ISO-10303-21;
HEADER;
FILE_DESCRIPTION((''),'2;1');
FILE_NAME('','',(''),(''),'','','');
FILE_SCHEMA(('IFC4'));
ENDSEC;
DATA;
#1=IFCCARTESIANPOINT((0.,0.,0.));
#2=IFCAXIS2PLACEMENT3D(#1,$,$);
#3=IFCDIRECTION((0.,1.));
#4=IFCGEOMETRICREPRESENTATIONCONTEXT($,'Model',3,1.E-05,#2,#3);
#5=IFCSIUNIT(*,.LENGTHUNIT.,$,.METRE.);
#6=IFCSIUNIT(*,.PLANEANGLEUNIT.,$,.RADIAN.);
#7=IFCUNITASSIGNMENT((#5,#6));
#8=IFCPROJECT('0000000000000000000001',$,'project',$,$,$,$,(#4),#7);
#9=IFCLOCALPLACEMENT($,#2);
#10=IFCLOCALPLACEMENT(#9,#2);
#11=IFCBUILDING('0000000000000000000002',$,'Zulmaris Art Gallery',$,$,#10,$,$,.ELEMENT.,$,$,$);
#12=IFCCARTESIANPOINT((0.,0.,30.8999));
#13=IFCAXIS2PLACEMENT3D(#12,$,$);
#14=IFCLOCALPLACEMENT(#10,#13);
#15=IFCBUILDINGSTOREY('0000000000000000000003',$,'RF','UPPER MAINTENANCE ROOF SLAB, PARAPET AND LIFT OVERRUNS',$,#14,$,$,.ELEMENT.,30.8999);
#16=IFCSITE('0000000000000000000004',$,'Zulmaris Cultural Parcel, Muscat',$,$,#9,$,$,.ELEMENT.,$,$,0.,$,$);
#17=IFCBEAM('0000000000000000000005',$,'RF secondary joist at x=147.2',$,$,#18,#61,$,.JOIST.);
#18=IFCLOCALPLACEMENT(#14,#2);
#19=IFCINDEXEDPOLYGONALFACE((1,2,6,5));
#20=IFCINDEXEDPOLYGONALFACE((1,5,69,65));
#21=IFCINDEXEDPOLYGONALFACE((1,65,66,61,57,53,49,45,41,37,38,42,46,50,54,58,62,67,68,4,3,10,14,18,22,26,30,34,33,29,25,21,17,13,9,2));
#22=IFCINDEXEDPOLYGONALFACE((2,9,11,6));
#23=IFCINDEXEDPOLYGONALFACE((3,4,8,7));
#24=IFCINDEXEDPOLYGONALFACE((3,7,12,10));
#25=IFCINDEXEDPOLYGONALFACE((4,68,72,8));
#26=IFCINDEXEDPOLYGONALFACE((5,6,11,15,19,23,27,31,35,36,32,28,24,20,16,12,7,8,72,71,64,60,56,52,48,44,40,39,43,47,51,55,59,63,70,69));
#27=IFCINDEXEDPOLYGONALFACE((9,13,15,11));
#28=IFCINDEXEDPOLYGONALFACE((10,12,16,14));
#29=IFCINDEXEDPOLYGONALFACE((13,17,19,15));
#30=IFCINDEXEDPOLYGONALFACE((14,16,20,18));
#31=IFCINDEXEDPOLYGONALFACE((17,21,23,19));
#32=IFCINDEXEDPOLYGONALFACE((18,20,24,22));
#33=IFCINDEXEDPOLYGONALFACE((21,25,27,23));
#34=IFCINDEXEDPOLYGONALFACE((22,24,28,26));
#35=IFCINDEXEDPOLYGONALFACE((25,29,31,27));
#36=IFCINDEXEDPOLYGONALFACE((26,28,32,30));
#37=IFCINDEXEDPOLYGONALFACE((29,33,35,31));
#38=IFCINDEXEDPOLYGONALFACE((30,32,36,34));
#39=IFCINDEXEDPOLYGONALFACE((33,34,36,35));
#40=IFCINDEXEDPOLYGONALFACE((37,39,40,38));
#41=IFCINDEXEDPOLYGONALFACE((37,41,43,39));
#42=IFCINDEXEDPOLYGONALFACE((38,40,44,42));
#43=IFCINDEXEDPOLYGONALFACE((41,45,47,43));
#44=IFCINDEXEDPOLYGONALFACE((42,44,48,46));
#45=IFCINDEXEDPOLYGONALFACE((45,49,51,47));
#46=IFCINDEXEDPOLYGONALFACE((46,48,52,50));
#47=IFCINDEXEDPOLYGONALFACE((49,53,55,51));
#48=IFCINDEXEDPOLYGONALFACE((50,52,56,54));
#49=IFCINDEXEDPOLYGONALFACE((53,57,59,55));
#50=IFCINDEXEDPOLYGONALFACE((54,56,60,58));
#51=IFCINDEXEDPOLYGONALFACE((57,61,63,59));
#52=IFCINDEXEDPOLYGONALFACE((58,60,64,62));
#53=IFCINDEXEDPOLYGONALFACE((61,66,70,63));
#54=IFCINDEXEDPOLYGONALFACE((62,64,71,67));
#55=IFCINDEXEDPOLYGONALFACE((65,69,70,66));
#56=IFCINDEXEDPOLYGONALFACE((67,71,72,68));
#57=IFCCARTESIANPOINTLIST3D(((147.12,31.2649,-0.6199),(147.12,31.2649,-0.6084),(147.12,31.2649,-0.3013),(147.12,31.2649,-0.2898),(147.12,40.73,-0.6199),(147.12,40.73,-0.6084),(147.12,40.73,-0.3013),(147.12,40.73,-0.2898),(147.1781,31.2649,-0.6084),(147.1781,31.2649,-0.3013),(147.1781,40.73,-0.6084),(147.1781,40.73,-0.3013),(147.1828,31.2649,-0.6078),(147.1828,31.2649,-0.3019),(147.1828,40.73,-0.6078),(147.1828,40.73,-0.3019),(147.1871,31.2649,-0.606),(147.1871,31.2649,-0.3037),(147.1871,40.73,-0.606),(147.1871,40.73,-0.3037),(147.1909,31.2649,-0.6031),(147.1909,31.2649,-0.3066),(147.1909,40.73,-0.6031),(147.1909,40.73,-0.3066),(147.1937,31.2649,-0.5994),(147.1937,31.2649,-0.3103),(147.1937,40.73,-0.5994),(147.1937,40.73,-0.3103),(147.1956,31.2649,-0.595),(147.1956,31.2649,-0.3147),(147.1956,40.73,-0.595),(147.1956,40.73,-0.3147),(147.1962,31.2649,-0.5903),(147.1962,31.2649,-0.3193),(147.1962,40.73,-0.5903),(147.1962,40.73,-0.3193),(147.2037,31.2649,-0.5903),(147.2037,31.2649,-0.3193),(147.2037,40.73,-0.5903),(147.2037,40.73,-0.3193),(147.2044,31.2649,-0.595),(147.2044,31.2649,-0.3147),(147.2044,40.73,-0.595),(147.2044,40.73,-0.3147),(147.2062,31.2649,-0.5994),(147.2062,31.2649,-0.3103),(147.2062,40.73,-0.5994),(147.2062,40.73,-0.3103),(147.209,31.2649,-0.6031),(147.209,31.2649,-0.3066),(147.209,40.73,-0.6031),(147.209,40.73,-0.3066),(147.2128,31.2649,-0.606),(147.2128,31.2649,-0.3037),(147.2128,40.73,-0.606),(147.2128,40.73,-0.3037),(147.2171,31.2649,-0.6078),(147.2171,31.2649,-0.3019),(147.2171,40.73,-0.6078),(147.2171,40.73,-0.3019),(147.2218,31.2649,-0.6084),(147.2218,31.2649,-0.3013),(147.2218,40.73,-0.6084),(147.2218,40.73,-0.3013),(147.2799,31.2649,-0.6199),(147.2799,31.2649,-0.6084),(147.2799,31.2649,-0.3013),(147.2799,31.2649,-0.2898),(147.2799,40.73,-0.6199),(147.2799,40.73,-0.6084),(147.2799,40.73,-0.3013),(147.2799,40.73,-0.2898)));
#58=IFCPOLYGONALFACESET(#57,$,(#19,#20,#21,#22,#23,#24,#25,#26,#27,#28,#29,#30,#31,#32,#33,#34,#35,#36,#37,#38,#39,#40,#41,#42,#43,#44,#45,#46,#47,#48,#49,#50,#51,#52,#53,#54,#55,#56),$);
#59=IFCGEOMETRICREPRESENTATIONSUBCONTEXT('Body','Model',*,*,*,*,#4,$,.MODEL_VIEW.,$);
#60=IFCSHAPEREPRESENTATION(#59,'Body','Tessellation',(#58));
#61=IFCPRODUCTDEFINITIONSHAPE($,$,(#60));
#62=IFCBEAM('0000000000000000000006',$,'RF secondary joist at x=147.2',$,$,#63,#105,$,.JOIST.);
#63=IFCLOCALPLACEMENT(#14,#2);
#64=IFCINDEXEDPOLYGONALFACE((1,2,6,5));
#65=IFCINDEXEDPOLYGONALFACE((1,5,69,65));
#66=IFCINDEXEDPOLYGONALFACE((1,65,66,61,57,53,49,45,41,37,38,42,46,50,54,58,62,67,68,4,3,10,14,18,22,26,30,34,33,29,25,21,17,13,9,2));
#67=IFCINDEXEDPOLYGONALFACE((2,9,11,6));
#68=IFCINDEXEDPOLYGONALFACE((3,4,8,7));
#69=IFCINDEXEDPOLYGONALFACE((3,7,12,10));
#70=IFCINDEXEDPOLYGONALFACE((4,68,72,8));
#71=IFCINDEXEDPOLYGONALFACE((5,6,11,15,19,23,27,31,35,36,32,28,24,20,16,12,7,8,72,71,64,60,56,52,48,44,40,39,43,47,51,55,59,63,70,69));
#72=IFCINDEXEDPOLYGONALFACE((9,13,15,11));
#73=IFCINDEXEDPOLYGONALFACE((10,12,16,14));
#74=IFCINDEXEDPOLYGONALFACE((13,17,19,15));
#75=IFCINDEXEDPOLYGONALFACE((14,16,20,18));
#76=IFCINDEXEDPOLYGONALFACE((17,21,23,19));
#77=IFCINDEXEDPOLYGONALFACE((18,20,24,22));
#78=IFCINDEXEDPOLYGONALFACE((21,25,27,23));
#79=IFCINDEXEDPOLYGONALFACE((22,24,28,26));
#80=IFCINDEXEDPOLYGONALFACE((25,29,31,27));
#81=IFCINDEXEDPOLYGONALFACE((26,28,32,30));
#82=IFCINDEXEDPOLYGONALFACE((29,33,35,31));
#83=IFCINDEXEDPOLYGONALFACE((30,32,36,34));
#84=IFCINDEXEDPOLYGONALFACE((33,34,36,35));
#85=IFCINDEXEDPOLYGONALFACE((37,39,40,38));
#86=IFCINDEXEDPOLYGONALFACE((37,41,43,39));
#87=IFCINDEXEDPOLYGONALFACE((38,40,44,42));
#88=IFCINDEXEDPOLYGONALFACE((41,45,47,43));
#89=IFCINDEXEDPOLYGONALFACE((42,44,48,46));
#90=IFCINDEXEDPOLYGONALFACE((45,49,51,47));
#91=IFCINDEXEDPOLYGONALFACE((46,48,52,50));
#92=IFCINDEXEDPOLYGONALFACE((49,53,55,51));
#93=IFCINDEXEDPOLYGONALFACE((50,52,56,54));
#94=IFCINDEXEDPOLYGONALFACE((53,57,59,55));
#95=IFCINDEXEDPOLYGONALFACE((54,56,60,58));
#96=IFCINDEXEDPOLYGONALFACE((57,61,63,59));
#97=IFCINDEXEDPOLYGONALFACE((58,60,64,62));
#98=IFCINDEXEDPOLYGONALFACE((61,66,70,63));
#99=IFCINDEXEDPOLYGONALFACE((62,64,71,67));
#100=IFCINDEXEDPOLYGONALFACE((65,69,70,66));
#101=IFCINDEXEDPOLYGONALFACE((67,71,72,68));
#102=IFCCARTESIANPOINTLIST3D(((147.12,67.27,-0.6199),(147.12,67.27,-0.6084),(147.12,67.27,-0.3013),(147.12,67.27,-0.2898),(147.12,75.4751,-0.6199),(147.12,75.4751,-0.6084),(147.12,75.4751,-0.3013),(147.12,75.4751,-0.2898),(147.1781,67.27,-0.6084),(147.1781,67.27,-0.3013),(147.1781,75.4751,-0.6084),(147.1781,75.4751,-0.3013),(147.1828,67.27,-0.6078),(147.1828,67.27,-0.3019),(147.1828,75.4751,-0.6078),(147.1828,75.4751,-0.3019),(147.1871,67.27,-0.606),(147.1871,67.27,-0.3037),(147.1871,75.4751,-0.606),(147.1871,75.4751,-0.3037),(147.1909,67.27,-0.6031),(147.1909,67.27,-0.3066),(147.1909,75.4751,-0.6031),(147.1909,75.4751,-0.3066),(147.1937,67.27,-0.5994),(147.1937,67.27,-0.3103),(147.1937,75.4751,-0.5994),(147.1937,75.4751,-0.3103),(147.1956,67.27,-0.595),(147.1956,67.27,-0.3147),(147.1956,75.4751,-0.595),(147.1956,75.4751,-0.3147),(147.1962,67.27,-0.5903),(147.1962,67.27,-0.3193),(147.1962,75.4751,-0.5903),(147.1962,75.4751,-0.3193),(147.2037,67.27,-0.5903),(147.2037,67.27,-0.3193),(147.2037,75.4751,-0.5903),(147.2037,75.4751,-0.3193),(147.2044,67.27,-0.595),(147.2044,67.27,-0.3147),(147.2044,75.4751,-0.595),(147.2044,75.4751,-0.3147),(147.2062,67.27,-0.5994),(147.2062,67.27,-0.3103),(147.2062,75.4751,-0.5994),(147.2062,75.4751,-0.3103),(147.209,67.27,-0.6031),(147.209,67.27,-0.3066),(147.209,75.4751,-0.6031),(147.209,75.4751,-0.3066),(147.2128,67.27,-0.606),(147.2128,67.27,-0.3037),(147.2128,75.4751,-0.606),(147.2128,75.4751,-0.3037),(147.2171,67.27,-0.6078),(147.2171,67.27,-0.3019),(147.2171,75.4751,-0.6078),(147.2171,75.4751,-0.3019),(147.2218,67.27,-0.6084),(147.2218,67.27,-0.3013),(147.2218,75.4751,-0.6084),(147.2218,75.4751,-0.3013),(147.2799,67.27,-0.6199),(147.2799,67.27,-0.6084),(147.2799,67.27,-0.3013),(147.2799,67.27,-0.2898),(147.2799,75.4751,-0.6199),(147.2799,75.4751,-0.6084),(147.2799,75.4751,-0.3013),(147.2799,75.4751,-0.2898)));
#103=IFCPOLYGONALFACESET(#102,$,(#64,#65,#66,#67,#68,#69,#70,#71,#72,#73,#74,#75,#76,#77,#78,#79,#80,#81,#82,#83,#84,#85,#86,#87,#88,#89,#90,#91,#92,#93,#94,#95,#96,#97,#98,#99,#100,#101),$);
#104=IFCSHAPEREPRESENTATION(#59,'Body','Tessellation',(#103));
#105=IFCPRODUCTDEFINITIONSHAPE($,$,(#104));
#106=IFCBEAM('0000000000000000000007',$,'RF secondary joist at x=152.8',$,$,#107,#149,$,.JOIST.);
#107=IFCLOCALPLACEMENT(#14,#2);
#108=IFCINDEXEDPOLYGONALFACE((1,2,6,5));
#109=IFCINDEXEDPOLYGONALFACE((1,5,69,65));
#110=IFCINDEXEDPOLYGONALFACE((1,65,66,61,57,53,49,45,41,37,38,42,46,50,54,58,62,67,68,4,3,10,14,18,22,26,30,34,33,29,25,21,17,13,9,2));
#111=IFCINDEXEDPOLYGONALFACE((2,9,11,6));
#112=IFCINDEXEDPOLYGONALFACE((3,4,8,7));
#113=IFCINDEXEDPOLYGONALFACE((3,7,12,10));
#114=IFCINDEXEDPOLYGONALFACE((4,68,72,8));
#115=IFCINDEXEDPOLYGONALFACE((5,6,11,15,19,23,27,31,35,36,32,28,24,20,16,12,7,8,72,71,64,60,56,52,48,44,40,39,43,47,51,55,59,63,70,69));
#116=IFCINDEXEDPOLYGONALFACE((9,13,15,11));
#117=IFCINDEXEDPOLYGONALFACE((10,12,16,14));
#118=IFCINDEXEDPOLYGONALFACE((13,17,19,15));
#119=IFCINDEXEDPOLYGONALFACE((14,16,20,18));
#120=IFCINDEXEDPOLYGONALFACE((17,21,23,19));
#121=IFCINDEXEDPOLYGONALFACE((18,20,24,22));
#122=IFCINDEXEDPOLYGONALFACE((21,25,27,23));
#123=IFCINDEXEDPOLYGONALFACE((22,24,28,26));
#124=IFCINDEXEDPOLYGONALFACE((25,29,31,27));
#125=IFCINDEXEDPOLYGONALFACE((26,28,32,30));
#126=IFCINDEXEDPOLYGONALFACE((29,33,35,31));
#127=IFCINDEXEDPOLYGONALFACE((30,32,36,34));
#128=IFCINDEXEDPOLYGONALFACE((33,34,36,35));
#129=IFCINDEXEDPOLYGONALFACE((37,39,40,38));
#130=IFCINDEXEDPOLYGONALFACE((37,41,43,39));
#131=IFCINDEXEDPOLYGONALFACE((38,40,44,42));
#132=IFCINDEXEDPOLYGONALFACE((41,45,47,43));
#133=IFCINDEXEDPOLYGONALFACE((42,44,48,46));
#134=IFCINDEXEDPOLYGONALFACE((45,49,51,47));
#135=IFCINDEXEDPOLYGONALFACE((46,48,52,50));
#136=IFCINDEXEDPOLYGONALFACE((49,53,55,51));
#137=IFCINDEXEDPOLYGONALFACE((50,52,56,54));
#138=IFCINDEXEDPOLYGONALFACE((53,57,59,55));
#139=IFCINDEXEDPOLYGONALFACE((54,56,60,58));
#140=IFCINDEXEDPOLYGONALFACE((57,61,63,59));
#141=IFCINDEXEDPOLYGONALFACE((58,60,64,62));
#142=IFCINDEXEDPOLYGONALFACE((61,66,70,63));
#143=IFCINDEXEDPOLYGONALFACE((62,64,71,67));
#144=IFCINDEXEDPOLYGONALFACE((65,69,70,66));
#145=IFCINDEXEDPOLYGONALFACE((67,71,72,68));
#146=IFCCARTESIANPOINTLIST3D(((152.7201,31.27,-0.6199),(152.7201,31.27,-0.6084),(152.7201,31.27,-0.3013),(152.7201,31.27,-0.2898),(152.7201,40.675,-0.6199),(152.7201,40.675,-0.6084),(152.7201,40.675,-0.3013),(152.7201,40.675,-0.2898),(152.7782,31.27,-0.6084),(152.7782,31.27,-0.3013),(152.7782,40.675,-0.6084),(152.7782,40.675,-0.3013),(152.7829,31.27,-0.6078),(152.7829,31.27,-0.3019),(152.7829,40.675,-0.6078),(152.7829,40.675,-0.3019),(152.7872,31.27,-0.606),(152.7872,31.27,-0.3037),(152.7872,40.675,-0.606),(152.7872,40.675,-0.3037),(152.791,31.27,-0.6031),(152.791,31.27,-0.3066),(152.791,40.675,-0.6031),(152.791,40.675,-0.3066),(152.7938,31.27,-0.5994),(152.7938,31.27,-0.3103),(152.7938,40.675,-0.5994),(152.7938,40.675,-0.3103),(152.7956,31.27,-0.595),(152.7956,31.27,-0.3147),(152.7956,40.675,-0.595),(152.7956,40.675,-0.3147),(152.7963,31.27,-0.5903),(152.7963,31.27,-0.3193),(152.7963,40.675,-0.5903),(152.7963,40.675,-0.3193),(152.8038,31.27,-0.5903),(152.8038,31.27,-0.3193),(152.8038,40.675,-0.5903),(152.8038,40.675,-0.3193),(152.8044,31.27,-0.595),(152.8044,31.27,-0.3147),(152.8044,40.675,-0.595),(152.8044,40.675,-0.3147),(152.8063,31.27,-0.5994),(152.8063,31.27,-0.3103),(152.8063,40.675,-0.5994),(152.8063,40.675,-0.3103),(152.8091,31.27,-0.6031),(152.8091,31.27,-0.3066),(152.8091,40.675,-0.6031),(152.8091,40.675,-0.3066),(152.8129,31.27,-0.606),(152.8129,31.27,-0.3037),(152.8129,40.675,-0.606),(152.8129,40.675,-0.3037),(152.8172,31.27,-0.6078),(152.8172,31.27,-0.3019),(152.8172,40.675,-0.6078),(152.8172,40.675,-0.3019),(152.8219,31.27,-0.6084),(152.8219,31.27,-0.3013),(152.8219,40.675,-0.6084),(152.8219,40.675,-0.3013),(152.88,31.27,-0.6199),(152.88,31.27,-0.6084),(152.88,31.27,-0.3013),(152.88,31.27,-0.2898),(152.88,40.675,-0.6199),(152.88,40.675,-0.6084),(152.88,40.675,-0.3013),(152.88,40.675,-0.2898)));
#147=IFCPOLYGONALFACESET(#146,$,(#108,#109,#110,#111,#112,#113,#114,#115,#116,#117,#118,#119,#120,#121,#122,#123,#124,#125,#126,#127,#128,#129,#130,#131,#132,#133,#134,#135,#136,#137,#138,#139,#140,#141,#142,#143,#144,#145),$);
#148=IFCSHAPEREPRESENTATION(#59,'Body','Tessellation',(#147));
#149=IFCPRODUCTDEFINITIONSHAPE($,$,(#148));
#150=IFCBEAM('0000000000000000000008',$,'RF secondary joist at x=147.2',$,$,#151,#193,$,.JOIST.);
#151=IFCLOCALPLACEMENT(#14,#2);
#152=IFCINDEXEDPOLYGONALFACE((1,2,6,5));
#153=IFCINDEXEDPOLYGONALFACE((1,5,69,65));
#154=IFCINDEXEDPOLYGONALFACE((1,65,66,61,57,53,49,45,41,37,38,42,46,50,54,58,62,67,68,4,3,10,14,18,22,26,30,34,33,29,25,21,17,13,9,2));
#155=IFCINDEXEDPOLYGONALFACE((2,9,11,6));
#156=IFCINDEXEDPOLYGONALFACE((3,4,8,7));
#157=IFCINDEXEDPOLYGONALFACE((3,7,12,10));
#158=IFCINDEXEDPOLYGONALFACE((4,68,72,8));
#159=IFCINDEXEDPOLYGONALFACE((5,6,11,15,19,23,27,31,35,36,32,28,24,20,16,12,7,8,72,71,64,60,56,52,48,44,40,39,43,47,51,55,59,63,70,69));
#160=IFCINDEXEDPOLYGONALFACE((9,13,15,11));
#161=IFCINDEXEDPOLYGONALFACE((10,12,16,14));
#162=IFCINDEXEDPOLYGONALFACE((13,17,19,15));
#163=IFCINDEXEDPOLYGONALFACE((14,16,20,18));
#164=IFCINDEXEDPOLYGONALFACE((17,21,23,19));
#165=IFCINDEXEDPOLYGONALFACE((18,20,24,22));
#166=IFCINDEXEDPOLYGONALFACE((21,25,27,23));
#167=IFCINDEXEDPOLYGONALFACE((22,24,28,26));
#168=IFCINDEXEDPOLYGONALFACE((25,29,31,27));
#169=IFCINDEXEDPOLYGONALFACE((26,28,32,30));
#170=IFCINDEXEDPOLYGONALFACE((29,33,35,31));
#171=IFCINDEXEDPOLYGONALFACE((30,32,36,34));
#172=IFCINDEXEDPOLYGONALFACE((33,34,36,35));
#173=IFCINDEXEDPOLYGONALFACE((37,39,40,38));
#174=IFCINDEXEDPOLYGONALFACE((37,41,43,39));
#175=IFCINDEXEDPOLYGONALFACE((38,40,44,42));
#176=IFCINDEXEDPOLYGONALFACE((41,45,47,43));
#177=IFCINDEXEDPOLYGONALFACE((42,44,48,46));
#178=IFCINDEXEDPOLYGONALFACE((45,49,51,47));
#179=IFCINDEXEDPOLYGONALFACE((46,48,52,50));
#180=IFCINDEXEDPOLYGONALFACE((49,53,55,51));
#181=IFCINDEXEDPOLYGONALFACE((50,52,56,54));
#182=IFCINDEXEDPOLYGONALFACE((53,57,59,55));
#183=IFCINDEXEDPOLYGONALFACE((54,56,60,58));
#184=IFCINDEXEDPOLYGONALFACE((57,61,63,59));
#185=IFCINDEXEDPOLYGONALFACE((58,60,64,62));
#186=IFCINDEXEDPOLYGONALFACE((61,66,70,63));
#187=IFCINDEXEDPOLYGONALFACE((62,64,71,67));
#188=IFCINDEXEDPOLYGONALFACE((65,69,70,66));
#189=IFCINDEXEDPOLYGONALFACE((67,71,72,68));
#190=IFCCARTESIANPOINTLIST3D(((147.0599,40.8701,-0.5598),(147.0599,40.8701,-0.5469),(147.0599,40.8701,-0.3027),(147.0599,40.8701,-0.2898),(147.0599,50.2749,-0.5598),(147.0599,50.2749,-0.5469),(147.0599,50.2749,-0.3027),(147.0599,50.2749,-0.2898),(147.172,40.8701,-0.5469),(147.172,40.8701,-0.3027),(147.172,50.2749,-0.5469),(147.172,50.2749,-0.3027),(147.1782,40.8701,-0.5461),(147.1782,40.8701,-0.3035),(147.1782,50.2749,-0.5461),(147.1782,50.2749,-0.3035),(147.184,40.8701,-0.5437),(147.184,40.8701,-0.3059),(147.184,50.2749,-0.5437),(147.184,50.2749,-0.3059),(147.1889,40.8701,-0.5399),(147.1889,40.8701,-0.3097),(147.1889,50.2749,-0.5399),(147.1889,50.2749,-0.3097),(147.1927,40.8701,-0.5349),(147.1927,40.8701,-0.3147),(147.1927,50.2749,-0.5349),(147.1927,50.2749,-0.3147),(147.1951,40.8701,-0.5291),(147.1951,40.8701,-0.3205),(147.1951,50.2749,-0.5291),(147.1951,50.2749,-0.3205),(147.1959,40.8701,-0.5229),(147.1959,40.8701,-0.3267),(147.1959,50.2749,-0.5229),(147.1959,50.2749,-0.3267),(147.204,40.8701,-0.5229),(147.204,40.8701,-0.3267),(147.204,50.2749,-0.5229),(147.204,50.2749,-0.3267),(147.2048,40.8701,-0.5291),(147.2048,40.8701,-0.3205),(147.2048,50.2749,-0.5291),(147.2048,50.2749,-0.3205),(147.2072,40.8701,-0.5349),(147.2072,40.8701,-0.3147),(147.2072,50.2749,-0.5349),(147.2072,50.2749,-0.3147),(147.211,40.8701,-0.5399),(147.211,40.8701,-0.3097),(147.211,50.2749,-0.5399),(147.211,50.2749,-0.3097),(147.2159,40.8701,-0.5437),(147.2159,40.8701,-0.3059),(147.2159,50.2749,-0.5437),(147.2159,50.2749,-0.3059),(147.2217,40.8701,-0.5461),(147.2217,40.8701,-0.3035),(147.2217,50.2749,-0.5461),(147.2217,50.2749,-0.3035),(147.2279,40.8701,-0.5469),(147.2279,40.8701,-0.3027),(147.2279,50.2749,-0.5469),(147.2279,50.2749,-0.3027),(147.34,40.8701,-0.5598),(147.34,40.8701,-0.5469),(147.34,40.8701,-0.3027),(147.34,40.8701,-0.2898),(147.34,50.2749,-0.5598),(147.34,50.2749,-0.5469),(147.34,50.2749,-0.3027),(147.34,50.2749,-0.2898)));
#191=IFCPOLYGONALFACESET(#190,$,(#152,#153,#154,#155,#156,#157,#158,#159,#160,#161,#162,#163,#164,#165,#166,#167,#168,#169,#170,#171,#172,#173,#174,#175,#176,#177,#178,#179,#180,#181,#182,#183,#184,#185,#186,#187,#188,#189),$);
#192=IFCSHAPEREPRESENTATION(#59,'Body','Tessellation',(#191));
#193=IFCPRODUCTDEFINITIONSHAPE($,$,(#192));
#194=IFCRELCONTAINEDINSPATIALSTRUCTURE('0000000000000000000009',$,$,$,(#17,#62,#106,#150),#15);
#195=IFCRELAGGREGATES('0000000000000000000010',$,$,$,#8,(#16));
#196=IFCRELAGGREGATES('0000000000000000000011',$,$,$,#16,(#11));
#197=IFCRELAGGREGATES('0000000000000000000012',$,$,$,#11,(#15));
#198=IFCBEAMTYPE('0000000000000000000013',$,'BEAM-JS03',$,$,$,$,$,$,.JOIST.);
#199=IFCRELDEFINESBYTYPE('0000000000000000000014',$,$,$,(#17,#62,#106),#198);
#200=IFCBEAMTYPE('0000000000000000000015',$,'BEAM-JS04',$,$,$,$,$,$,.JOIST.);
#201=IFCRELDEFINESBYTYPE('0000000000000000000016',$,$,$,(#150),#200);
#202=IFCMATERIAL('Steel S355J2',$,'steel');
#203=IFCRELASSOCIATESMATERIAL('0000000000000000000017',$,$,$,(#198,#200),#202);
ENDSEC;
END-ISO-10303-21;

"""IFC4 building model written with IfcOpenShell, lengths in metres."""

from ifc_helpers import new_model, si_unit, direction, frame, origin, origin_2d, place, context, subcontext, project, spatial, i_section, extrude, material, material_profile, profile_set, type_object, element, save


model = new_model("IFC4")

# Units and contexts
model_context = context("Model", 3, precision=1e-05, world=origin(), true_north=direction((0.0, 1.0)))
body_context = subcontext(model_context, "Body", "Model", "MODEL_VIEW")
ifc_project = project(units=[si_unit("LENGTHUNIT", "METRE"), si_unit("PLANEANGLEUNIT", "RADIAN")], contexts=[model_context])

# Site, building, storey
site_placement = place(None, origin())
site = spatial("IfcSite", under=ifc_project, at=site_placement, Name="Zulmaris Cultural Parcel, Muscat", CompositionType="ELEMENT", RefElevation=0.0)
building_placement = place(site_placement, origin())
building = spatial("IfcBuilding", under=site, at=building_placement, Name="Zulmaris Art Gallery", CompositionType="ELEMENT")
storey_placement = place(building_placement, frame((0.0, 0.0, 30.8999)))
storey = spatial("IfcBuildingStorey", under=building, at=storey_placement, Name="RF", Description="UPPER MAINTENANCE ROOF SLAB, PARAPET AND LIFT OVERRUNS", CompositionType="ELEMENT", Elevation=30.8999)

# Beams
ifc_material_1 = material(Name="Steel S355J2", Category="steel")
ifc_material_profile_1 = material_profile(ifc_material_1, i_section(OverallWidth=0.1599, OverallDepth=0.3301, WebThickness=0.0076, FlangeThickness=0.0115, FilletRadius=0.0181, at=origin_2d()), Name="IPE 330")
ifc_profile_set_1 = profile_set([ifc_material_profile_1], Name="Steel S355J2")
beam_type_1 = type_object("IfcBeamType", Name="BEAM-JS03", PredefinedType="JOIST", material=ifc_profile_set_1)
beam_1_placement = place(storey_placement, frame((147.2, 31.2649, -0.4548), z_axis=(0.0, 1.0, 0.0), x_axis=(-1.0, 0.0, 0.0)))
element("IfcBeam", 1, at=beam_1_placement, inside=storey, type_object=beam_type_1, Name="RF secondary joist at x=147.2", PredefinedType="JOIST", context=body_context, shape_type="SweptSolid", body=[
    extrude(i_section(OverallWidth=0.1599, OverallDepth=0.3301, WebThickness=0.0076, FlangeThickness=0.0115, FilletRadius=0.0181, at=origin_2d()), origin(), (0.0, 0.0, 1.0), 9.4651),
])
beam_2_placement = place(storey_placement, frame((147.2, 67.27, -0.4548), z_axis=(0.0, 1.0, 0.0), x_axis=(-1.0, 0.0, 0.0)))
element("IfcBeam", 2, at=beam_2_placement, inside=storey, type_object=beam_type_1, Name="RF secondary joist at x=147.2", PredefinedType="JOIST", context=body_context, shape_type="SweptSolid", body=[
    extrude(i_section(OverallWidth=0.1599, OverallDepth=0.3301, WebThickness=0.0076, FlangeThickness=0.0115, FilletRadius=0.0181, at=origin_2d()), origin(), (0.0, 0.0, 1.0), 8.2051),
])
beam_3_placement = place(storey_placement, frame((152.8, 31.27, -0.4548), z_axis=(0.0, 1.0, 0.0), x_axis=(-1.0, 0.0, 0.0)))
element("IfcBeam", 3, at=beam_3_placement, inside=storey, type_object=beam_type_1, Name="RF secondary joist at x=152.8", PredefinedType="JOIST", context=body_context, shape_type="SweptSolid", body=[
    extrude(i_section(OverallWidth=0.1599, OverallDepth=0.3301, WebThickness=0.0076, FlangeThickness=0.0115, FilletRadius=0.0181, at=origin_2d()), origin(), (0.0, 0.0, 1.0), 9.405),
])
ifc_material_profile_2 = material_profile(ifc_material_1, i_section(OverallWidth=0.28, OverallDepth=0.27, WebThickness=0.0081, FlangeThickness=0.0129, FilletRadius=0.0239, at=origin_2d()), Name="HEA 280")
ifc_profile_set_2 = profile_set([ifc_material_profile_2], Name="Steel S355J2")
beam_type_2 = type_object("IfcBeamType", Name="BEAM-JS04", PredefinedType="JOIST", material=ifc_profile_set_2)
beam_4_placement = place(storey_placement, frame((147.2, 40.8701, -0.4248), z_axis=(0.0, 1.0, 0.0), x_axis=(-1.0, 0.0, 0.0)))
element("IfcBeam", 4, at=beam_4_placement, inside=storey, type_object=beam_type_2, Name="RF secondary joist at x=147.2", PredefinedType="JOIST", context=body_context, shape_type="SweptSolid", body=[
    extrude(i_section(OverallWidth=0.28, OverallDepth=0.27, WebThickness=0.0081, FlangeThickness=0.0129, FilletRadius=0.0239, at=origin_2d()), origin(), (0.0, 0.0, 1.0), 9.4048),
])

save(model, "model.ifc")
